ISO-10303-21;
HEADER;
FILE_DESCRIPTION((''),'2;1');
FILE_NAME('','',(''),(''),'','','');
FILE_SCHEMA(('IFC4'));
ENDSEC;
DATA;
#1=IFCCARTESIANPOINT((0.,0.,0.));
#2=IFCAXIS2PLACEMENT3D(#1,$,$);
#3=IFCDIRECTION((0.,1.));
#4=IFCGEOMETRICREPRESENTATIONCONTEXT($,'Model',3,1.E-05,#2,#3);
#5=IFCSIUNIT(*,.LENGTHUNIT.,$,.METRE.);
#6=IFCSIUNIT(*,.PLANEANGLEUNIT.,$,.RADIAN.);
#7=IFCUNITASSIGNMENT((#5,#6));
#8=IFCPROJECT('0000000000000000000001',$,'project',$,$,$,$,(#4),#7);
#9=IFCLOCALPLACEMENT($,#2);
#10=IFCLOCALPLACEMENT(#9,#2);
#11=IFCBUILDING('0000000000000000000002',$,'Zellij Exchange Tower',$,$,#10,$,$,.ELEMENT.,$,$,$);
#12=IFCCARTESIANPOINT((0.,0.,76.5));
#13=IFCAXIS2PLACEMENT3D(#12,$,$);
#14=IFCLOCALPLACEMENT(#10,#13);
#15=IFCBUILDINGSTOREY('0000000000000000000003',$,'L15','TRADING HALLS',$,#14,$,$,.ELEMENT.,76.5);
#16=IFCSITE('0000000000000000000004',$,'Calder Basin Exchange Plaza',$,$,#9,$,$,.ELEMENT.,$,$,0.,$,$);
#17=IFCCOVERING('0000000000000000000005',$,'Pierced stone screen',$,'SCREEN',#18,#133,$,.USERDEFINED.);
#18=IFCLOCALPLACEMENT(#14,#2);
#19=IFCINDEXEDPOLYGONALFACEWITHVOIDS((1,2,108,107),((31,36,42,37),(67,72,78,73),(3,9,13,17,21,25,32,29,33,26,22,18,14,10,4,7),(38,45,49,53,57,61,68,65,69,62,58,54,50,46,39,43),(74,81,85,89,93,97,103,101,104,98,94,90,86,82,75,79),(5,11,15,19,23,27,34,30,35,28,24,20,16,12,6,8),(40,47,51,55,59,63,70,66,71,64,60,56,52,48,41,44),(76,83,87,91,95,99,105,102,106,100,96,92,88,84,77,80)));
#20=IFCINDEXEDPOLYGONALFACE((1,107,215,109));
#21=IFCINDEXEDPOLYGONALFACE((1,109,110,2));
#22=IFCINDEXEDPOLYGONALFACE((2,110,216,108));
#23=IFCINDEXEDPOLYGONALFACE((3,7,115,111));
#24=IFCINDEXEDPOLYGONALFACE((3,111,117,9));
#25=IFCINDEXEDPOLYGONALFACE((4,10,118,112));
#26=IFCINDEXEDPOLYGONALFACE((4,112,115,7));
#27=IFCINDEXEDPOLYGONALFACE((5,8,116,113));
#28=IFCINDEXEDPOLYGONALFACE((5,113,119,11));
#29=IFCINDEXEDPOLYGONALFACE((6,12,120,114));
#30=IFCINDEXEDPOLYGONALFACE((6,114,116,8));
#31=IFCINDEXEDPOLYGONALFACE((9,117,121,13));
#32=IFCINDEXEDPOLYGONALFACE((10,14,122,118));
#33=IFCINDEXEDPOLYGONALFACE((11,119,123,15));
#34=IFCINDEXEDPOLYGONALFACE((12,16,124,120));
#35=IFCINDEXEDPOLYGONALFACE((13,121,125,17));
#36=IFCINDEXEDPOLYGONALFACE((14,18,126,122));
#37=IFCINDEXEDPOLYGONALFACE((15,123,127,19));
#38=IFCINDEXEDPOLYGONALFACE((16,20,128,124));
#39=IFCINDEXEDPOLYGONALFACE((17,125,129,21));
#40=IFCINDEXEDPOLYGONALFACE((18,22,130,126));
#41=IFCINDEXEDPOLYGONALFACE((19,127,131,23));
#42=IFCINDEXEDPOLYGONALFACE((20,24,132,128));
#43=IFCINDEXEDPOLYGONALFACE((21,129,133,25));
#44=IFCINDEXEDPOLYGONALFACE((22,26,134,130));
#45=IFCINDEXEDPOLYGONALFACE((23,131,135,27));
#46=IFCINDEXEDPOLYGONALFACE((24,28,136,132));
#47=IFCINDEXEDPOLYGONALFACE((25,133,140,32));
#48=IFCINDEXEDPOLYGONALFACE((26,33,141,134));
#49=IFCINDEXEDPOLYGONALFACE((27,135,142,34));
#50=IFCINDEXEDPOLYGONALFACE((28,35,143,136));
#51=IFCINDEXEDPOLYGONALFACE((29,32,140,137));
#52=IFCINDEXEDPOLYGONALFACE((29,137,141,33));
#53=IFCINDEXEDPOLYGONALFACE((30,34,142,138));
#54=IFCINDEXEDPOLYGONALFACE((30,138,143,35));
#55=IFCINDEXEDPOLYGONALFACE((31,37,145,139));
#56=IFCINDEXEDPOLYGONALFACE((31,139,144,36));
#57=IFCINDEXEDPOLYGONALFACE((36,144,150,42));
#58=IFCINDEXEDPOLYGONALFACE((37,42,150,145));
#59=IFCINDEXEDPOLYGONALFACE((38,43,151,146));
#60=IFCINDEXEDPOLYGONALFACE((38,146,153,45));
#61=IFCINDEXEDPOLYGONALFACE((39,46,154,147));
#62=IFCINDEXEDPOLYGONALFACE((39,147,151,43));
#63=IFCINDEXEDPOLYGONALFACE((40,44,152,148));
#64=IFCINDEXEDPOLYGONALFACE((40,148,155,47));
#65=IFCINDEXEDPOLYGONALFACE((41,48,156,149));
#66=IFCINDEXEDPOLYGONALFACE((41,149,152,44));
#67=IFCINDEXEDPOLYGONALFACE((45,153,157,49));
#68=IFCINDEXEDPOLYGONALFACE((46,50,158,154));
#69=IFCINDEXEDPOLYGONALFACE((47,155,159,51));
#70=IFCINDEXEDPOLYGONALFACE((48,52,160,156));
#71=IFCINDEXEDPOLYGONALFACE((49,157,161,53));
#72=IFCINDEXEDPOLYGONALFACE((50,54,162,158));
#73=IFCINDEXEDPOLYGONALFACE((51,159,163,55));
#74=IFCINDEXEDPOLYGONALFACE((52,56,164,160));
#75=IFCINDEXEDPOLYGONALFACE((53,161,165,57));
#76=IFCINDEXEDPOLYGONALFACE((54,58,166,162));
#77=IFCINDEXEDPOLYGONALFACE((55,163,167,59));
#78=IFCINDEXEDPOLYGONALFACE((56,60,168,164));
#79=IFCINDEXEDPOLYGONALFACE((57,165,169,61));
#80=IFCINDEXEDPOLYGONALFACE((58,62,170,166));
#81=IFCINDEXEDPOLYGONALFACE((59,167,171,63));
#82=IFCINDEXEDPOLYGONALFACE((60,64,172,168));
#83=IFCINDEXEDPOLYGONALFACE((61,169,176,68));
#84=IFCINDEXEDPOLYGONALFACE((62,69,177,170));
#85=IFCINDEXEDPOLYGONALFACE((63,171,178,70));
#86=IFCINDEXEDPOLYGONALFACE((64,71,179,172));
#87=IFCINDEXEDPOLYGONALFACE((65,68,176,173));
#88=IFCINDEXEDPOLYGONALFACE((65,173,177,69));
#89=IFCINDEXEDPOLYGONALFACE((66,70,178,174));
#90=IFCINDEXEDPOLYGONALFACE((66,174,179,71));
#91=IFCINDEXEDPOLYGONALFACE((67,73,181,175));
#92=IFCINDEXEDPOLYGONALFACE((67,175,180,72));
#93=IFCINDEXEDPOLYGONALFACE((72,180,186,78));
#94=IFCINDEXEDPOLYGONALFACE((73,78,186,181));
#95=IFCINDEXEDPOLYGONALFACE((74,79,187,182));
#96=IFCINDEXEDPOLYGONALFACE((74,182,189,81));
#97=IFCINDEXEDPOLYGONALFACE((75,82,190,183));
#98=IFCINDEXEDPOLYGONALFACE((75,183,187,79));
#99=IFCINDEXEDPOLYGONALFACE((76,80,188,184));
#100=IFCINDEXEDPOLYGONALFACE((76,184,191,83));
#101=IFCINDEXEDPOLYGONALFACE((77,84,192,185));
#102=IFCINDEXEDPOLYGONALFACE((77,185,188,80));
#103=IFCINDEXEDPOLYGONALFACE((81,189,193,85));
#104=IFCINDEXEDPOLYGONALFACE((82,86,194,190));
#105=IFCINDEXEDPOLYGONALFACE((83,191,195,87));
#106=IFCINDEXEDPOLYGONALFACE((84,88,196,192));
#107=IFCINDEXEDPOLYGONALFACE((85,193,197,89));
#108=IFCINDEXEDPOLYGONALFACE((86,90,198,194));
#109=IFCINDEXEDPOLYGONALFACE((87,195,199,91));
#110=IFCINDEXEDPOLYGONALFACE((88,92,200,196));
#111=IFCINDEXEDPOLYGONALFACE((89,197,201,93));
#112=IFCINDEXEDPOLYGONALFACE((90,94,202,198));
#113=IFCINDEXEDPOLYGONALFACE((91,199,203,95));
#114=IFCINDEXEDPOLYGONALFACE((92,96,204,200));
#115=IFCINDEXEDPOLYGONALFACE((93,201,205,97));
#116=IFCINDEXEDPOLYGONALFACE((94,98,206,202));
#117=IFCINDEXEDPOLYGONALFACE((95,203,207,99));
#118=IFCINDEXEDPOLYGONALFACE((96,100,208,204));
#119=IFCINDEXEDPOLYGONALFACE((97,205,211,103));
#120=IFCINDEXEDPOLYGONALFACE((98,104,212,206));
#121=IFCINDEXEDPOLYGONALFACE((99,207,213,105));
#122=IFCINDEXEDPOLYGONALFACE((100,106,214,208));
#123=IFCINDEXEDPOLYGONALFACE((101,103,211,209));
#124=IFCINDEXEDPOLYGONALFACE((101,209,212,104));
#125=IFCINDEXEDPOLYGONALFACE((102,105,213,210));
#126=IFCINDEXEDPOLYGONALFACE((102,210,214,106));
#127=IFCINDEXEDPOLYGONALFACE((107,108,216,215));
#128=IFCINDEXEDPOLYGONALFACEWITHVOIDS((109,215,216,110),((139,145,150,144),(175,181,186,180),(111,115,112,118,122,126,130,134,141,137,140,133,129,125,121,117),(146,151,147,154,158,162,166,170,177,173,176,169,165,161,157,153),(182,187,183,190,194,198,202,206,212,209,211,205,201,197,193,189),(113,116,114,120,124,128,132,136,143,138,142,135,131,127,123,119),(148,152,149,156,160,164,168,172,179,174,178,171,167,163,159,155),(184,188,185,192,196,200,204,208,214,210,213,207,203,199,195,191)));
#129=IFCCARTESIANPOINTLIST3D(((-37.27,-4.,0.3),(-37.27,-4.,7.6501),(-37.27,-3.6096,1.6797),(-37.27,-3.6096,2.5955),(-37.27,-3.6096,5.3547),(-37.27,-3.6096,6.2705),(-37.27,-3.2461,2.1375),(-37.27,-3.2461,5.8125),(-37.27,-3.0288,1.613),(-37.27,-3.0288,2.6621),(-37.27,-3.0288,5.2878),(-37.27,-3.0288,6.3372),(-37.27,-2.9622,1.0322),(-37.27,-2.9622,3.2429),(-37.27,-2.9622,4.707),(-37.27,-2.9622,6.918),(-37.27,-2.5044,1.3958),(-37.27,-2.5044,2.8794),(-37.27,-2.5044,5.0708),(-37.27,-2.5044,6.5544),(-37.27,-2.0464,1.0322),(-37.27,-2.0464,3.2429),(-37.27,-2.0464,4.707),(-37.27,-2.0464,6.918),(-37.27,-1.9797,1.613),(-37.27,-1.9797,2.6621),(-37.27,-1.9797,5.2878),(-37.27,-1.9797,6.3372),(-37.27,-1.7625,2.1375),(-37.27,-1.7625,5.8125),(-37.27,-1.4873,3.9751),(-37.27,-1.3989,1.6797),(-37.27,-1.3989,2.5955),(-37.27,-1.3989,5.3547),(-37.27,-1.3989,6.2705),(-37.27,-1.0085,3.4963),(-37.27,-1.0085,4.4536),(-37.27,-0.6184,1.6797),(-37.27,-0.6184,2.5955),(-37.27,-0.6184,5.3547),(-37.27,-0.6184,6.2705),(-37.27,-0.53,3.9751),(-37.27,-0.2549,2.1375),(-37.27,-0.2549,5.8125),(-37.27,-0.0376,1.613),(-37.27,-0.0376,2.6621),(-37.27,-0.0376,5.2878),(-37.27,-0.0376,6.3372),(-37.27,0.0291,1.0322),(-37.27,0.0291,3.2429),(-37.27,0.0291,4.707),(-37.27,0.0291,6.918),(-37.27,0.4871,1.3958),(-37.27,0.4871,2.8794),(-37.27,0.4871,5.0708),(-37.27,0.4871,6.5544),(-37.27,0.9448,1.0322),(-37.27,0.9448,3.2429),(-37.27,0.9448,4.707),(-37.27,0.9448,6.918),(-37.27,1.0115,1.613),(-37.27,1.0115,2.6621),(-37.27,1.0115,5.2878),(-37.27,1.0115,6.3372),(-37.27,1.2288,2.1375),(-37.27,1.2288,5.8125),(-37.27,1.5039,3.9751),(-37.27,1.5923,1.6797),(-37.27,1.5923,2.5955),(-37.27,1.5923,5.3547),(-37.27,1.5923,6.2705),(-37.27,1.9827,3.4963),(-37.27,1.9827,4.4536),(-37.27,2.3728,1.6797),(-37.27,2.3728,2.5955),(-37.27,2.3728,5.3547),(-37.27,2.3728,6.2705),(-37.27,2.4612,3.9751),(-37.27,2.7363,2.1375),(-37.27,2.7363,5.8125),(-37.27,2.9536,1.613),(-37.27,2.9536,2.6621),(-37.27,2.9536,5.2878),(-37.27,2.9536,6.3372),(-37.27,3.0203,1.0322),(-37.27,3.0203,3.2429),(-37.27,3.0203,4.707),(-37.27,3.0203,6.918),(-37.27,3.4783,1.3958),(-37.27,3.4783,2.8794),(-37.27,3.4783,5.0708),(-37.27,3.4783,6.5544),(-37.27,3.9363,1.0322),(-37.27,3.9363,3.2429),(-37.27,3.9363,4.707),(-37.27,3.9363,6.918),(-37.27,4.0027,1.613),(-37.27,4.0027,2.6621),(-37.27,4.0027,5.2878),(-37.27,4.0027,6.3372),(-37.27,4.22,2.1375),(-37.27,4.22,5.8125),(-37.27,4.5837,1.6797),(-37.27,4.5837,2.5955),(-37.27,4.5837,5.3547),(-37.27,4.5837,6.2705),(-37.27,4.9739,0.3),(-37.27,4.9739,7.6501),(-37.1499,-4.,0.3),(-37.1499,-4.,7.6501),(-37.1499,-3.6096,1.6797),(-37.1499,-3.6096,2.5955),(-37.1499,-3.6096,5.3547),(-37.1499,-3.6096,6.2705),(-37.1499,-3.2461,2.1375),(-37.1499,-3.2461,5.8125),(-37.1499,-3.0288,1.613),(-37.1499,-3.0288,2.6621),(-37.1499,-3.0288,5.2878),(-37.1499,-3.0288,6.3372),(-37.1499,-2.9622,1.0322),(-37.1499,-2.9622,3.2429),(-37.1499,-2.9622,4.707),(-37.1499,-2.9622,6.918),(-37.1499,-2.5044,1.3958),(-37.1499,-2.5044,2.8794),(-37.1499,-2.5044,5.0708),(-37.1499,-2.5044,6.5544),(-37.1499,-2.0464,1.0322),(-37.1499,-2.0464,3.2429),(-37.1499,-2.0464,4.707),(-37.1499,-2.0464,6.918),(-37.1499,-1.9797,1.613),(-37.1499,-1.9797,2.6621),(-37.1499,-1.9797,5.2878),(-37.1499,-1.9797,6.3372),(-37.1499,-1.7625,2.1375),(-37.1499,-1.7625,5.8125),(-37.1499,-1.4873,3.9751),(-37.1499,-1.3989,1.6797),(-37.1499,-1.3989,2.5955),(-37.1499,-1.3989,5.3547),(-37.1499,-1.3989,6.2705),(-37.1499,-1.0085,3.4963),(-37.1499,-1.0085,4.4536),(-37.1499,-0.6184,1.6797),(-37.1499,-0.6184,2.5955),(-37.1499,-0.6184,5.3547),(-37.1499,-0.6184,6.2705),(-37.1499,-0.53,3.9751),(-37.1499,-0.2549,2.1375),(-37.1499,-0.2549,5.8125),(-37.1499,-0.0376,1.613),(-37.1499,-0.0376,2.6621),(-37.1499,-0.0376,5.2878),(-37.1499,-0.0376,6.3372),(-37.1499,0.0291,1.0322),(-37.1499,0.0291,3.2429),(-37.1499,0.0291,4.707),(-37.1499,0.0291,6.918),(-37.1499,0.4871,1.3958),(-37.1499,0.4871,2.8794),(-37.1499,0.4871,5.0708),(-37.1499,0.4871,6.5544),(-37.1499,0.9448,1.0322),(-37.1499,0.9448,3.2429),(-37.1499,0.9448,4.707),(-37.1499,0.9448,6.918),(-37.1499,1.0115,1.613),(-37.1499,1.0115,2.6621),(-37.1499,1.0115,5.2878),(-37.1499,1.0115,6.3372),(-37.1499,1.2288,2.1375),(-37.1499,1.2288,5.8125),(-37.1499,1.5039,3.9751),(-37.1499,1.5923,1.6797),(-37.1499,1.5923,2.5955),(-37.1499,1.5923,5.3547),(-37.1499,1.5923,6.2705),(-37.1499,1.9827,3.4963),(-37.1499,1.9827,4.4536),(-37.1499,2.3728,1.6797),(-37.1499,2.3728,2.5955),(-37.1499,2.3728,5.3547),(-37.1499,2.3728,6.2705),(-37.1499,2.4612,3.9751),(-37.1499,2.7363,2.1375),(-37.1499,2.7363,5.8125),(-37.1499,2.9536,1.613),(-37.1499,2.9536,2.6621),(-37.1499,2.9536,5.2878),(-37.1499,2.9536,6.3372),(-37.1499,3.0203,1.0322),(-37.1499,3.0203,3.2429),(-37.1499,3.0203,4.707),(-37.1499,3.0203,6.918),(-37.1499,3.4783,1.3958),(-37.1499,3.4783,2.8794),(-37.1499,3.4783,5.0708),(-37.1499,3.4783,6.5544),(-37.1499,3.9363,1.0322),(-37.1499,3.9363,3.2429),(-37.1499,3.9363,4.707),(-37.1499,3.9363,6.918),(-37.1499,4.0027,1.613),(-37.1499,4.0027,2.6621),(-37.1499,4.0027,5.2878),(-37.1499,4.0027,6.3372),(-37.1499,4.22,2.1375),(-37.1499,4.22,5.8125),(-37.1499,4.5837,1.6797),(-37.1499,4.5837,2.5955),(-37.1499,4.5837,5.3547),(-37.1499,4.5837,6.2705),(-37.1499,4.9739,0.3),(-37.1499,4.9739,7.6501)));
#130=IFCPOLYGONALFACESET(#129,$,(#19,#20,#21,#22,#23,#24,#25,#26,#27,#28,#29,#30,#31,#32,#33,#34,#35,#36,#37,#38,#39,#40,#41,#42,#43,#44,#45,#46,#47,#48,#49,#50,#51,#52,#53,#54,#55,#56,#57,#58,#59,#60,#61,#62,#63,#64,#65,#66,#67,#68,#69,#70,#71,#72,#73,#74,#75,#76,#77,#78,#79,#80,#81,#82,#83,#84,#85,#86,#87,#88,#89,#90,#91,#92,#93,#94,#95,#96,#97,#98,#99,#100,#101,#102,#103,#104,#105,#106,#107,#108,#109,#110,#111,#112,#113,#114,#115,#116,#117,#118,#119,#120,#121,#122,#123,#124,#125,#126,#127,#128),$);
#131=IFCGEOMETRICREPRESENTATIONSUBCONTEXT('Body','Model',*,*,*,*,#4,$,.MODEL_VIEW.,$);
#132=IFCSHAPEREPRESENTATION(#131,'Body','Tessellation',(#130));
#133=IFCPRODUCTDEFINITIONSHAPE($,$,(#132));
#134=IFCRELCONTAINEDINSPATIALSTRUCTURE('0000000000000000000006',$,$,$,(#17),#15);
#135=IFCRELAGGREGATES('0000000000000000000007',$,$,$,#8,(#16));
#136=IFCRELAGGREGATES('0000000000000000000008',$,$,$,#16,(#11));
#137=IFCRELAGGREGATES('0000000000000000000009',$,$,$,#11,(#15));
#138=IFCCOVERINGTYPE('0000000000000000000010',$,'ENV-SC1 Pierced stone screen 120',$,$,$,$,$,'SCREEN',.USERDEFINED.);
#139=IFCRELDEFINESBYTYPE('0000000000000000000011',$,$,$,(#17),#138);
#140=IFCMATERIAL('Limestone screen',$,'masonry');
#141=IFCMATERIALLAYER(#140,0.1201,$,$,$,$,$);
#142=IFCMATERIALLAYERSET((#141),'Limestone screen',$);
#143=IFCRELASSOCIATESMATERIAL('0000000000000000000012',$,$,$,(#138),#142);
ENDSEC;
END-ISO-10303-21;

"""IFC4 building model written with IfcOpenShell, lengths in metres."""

from ifc_helpers import new_model, si_unit, direction, frame, origin, place, context, subcontext, project, spatial, polyline, outline, extrude, material, layer, layer_set, type_object, element, save


model = new_model("IFC4")

# Units and contexts
model_context = context("Model", 3, precision=1e-05, world=origin(), true_north=direction((0.0, 1.0)))
body_context = subcontext(model_context, "Body", "Model", "MODEL_VIEW")
ifc_project = project(units=[si_unit("LENGTHUNIT", "METRE"), si_unit("PLANEANGLEUNIT", "RADIAN")], contexts=[model_context])

# Site, building, storey
site_placement = place(None, origin())
site = spatial("IfcSite", under=ifc_project, at=site_placement, Name="Calder Basin Exchange Plaza", CompositionType="ELEMENT", RefElevation=0.0)
building_placement = place(site_placement, origin())
building = spatial("IfcBuilding", under=site, at=building_placement, Name="Zellij Exchange Tower", CompositionType="ELEMENT")
storey_placement = place(building_placement, frame((0.0, 0.0, 76.5)))
storey = spatial("IfcBuildingStorey", under=building, at=storey_placement, Name="L15", Description="TRADING HALLS", CompositionType="ELEMENT", Elevation=76.5)

# Covering
ifc_material_1 = material(Name="Limestone screen", Category="masonry")
ifc_layer_1 = layer(ifc_material_1, 0.1201)
ifc_layer_set_1 = layer_set([ifc_layer_1], Name="Limestone screen")
covering_type = type_object("IfcCoveringType", Name="ENV-SC1 Pierced stone screen 120", ElementType="SCREEN", PredefinedType="USERDEFINED", material=ifc_layer_set_1)
covering_1_placement = place(storey_placement, frame((-37.21, 4.9739, 0.3), z_axis=(0.0, 0.0, 1.0), x_axis=(0.0, -1.0, 0.0)))
element("IfcCovering", 1, at=covering_1_placement, inside=storey, type_object=covering_type, Name="Pierced stone screen", ObjectType="SCREEN", PredefinedType="USERDEFINED", context=body_context, shape_type="SweptSolid", body=[
    extrude(outline(polyline([(0.0, 0.0), (8.9739, 0.0), (8.9739, 7.3501), (0.0, 7.3501), (0.0, 0.0)]), holes=[polyline([(2.6011, 2.2954), (2.0203, 2.3621), (1.9536, 2.9429), (1.4956, 2.5793), (1.0376, 2.9429), (0.9712, 2.3621), (0.3901, 2.2954), (0.7539, 1.8374), (0.3901, 1.3796), (0.9712, 1.313), (1.0376, 0.7322), (1.4956, 1.0957), (1.9536, 0.7322), (2.0203, 1.313), (2.6011, 1.3796), (2.2375, 1.8374), (2.6011, 2.2954)]), polyline([(2.6011, 5.9705), (2.0203, 6.0371), (1.9536, 6.6179), (1.4956, 6.2544), (1.0376, 6.6179), (0.9712, 6.0371), (0.3901, 5.9705), (0.7539, 5.5125), (0.3901, 5.0547), (0.9712, 4.9878), (1.0376, 4.407), (1.4956, 4.7708), (1.9536, 4.407), (2.0203, 4.9878), (2.6011, 5.0547), (2.2375, 5.5125), (2.6011, 5.9705)]), polyline([(5.5923, 2.2954), (5.0115, 2.3621), (4.9448, 2.9429), (4.4868, 2.5793), (4.0291, 2.9429), (3.9624, 2.3621), (3.3816, 2.2954), (3.7451, 1.8374), (3.3816, 1.3796), (3.9624, 1.313), (4.0291, 0.7322), (4.4868, 1.0957), (4.9448, 0.7322), (5.0115, 1.313), (5.5923, 1.3796), (5.2288, 1.8374), (5.5923, 2.2954)]), polyline([(5.5923, 5.9705), (5.0115, 6.0371), (4.9448, 6.6179), (4.4868, 6.2544), (4.0291, 6.6179), (3.9624, 6.0371), (3.3816, 5.9705), (3.7451, 5.5125), (3.3816, 5.0547), (3.9624, 4.9878), (4.0291, 4.407), (4.4868, 4.7708), (4.9448, 4.407), (5.0115, 4.9878), (5.5923, 5.0547), (5.2288, 5.5125), (5.5923, 5.9705)]), polyline([(8.5835, 2.2954), (8.0027, 2.3621), (7.936, 2.9429), (7.4783, 2.5793), (7.0203, 2.9429), (6.9536, 2.3621), (6.3728, 2.2954), (6.7363, 1.8374), (6.3728, 1.3796), (6.9536, 1.313), (7.0203, 0.7322), (7.4783, 1.0957), (7.936, 0.7322), (8.0027, 1.313), (8.5835, 1.3796), (8.22, 1.8374), (8.5835, 2.2954)]), polyline([(8.5835, 5.9705), (8.0027, 6.0371), (7.936, 6.6179), (7.4783, 6.2544), (7.0203, 6.6179), (6.9536, 6.0371), (6.3728, 5.9705), (6.7363, 5.5125), (6.3728, 5.0547), (6.9536, 4.9878), (7.0203, 4.407), (7.4783, 4.7708), (7.936, 4.407), (8.0027, 4.9878), (8.5835, 5.0547), (8.22, 5.5125), (8.5835, 5.9705)]), polyline([(3.47, 3.675), (2.9912, 4.1536), (2.5127, 3.675), (2.9912, 3.1963), (3.47, 3.675)]), polyline([(6.4612, 3.675), (5.9824, 4.1536), (5.5039, 3.675), (5.9824, 3.1963), (6.4612, 3.675)])]), frame((0.0, 0.0601, 0.0), z_axis=(0.0, -1.0, 0.0), x_axis=(1.0, 0.0, 0.0)), (0.0, 0.0, 1.0), 0.1201),
])

save(model, "model.ifc")
